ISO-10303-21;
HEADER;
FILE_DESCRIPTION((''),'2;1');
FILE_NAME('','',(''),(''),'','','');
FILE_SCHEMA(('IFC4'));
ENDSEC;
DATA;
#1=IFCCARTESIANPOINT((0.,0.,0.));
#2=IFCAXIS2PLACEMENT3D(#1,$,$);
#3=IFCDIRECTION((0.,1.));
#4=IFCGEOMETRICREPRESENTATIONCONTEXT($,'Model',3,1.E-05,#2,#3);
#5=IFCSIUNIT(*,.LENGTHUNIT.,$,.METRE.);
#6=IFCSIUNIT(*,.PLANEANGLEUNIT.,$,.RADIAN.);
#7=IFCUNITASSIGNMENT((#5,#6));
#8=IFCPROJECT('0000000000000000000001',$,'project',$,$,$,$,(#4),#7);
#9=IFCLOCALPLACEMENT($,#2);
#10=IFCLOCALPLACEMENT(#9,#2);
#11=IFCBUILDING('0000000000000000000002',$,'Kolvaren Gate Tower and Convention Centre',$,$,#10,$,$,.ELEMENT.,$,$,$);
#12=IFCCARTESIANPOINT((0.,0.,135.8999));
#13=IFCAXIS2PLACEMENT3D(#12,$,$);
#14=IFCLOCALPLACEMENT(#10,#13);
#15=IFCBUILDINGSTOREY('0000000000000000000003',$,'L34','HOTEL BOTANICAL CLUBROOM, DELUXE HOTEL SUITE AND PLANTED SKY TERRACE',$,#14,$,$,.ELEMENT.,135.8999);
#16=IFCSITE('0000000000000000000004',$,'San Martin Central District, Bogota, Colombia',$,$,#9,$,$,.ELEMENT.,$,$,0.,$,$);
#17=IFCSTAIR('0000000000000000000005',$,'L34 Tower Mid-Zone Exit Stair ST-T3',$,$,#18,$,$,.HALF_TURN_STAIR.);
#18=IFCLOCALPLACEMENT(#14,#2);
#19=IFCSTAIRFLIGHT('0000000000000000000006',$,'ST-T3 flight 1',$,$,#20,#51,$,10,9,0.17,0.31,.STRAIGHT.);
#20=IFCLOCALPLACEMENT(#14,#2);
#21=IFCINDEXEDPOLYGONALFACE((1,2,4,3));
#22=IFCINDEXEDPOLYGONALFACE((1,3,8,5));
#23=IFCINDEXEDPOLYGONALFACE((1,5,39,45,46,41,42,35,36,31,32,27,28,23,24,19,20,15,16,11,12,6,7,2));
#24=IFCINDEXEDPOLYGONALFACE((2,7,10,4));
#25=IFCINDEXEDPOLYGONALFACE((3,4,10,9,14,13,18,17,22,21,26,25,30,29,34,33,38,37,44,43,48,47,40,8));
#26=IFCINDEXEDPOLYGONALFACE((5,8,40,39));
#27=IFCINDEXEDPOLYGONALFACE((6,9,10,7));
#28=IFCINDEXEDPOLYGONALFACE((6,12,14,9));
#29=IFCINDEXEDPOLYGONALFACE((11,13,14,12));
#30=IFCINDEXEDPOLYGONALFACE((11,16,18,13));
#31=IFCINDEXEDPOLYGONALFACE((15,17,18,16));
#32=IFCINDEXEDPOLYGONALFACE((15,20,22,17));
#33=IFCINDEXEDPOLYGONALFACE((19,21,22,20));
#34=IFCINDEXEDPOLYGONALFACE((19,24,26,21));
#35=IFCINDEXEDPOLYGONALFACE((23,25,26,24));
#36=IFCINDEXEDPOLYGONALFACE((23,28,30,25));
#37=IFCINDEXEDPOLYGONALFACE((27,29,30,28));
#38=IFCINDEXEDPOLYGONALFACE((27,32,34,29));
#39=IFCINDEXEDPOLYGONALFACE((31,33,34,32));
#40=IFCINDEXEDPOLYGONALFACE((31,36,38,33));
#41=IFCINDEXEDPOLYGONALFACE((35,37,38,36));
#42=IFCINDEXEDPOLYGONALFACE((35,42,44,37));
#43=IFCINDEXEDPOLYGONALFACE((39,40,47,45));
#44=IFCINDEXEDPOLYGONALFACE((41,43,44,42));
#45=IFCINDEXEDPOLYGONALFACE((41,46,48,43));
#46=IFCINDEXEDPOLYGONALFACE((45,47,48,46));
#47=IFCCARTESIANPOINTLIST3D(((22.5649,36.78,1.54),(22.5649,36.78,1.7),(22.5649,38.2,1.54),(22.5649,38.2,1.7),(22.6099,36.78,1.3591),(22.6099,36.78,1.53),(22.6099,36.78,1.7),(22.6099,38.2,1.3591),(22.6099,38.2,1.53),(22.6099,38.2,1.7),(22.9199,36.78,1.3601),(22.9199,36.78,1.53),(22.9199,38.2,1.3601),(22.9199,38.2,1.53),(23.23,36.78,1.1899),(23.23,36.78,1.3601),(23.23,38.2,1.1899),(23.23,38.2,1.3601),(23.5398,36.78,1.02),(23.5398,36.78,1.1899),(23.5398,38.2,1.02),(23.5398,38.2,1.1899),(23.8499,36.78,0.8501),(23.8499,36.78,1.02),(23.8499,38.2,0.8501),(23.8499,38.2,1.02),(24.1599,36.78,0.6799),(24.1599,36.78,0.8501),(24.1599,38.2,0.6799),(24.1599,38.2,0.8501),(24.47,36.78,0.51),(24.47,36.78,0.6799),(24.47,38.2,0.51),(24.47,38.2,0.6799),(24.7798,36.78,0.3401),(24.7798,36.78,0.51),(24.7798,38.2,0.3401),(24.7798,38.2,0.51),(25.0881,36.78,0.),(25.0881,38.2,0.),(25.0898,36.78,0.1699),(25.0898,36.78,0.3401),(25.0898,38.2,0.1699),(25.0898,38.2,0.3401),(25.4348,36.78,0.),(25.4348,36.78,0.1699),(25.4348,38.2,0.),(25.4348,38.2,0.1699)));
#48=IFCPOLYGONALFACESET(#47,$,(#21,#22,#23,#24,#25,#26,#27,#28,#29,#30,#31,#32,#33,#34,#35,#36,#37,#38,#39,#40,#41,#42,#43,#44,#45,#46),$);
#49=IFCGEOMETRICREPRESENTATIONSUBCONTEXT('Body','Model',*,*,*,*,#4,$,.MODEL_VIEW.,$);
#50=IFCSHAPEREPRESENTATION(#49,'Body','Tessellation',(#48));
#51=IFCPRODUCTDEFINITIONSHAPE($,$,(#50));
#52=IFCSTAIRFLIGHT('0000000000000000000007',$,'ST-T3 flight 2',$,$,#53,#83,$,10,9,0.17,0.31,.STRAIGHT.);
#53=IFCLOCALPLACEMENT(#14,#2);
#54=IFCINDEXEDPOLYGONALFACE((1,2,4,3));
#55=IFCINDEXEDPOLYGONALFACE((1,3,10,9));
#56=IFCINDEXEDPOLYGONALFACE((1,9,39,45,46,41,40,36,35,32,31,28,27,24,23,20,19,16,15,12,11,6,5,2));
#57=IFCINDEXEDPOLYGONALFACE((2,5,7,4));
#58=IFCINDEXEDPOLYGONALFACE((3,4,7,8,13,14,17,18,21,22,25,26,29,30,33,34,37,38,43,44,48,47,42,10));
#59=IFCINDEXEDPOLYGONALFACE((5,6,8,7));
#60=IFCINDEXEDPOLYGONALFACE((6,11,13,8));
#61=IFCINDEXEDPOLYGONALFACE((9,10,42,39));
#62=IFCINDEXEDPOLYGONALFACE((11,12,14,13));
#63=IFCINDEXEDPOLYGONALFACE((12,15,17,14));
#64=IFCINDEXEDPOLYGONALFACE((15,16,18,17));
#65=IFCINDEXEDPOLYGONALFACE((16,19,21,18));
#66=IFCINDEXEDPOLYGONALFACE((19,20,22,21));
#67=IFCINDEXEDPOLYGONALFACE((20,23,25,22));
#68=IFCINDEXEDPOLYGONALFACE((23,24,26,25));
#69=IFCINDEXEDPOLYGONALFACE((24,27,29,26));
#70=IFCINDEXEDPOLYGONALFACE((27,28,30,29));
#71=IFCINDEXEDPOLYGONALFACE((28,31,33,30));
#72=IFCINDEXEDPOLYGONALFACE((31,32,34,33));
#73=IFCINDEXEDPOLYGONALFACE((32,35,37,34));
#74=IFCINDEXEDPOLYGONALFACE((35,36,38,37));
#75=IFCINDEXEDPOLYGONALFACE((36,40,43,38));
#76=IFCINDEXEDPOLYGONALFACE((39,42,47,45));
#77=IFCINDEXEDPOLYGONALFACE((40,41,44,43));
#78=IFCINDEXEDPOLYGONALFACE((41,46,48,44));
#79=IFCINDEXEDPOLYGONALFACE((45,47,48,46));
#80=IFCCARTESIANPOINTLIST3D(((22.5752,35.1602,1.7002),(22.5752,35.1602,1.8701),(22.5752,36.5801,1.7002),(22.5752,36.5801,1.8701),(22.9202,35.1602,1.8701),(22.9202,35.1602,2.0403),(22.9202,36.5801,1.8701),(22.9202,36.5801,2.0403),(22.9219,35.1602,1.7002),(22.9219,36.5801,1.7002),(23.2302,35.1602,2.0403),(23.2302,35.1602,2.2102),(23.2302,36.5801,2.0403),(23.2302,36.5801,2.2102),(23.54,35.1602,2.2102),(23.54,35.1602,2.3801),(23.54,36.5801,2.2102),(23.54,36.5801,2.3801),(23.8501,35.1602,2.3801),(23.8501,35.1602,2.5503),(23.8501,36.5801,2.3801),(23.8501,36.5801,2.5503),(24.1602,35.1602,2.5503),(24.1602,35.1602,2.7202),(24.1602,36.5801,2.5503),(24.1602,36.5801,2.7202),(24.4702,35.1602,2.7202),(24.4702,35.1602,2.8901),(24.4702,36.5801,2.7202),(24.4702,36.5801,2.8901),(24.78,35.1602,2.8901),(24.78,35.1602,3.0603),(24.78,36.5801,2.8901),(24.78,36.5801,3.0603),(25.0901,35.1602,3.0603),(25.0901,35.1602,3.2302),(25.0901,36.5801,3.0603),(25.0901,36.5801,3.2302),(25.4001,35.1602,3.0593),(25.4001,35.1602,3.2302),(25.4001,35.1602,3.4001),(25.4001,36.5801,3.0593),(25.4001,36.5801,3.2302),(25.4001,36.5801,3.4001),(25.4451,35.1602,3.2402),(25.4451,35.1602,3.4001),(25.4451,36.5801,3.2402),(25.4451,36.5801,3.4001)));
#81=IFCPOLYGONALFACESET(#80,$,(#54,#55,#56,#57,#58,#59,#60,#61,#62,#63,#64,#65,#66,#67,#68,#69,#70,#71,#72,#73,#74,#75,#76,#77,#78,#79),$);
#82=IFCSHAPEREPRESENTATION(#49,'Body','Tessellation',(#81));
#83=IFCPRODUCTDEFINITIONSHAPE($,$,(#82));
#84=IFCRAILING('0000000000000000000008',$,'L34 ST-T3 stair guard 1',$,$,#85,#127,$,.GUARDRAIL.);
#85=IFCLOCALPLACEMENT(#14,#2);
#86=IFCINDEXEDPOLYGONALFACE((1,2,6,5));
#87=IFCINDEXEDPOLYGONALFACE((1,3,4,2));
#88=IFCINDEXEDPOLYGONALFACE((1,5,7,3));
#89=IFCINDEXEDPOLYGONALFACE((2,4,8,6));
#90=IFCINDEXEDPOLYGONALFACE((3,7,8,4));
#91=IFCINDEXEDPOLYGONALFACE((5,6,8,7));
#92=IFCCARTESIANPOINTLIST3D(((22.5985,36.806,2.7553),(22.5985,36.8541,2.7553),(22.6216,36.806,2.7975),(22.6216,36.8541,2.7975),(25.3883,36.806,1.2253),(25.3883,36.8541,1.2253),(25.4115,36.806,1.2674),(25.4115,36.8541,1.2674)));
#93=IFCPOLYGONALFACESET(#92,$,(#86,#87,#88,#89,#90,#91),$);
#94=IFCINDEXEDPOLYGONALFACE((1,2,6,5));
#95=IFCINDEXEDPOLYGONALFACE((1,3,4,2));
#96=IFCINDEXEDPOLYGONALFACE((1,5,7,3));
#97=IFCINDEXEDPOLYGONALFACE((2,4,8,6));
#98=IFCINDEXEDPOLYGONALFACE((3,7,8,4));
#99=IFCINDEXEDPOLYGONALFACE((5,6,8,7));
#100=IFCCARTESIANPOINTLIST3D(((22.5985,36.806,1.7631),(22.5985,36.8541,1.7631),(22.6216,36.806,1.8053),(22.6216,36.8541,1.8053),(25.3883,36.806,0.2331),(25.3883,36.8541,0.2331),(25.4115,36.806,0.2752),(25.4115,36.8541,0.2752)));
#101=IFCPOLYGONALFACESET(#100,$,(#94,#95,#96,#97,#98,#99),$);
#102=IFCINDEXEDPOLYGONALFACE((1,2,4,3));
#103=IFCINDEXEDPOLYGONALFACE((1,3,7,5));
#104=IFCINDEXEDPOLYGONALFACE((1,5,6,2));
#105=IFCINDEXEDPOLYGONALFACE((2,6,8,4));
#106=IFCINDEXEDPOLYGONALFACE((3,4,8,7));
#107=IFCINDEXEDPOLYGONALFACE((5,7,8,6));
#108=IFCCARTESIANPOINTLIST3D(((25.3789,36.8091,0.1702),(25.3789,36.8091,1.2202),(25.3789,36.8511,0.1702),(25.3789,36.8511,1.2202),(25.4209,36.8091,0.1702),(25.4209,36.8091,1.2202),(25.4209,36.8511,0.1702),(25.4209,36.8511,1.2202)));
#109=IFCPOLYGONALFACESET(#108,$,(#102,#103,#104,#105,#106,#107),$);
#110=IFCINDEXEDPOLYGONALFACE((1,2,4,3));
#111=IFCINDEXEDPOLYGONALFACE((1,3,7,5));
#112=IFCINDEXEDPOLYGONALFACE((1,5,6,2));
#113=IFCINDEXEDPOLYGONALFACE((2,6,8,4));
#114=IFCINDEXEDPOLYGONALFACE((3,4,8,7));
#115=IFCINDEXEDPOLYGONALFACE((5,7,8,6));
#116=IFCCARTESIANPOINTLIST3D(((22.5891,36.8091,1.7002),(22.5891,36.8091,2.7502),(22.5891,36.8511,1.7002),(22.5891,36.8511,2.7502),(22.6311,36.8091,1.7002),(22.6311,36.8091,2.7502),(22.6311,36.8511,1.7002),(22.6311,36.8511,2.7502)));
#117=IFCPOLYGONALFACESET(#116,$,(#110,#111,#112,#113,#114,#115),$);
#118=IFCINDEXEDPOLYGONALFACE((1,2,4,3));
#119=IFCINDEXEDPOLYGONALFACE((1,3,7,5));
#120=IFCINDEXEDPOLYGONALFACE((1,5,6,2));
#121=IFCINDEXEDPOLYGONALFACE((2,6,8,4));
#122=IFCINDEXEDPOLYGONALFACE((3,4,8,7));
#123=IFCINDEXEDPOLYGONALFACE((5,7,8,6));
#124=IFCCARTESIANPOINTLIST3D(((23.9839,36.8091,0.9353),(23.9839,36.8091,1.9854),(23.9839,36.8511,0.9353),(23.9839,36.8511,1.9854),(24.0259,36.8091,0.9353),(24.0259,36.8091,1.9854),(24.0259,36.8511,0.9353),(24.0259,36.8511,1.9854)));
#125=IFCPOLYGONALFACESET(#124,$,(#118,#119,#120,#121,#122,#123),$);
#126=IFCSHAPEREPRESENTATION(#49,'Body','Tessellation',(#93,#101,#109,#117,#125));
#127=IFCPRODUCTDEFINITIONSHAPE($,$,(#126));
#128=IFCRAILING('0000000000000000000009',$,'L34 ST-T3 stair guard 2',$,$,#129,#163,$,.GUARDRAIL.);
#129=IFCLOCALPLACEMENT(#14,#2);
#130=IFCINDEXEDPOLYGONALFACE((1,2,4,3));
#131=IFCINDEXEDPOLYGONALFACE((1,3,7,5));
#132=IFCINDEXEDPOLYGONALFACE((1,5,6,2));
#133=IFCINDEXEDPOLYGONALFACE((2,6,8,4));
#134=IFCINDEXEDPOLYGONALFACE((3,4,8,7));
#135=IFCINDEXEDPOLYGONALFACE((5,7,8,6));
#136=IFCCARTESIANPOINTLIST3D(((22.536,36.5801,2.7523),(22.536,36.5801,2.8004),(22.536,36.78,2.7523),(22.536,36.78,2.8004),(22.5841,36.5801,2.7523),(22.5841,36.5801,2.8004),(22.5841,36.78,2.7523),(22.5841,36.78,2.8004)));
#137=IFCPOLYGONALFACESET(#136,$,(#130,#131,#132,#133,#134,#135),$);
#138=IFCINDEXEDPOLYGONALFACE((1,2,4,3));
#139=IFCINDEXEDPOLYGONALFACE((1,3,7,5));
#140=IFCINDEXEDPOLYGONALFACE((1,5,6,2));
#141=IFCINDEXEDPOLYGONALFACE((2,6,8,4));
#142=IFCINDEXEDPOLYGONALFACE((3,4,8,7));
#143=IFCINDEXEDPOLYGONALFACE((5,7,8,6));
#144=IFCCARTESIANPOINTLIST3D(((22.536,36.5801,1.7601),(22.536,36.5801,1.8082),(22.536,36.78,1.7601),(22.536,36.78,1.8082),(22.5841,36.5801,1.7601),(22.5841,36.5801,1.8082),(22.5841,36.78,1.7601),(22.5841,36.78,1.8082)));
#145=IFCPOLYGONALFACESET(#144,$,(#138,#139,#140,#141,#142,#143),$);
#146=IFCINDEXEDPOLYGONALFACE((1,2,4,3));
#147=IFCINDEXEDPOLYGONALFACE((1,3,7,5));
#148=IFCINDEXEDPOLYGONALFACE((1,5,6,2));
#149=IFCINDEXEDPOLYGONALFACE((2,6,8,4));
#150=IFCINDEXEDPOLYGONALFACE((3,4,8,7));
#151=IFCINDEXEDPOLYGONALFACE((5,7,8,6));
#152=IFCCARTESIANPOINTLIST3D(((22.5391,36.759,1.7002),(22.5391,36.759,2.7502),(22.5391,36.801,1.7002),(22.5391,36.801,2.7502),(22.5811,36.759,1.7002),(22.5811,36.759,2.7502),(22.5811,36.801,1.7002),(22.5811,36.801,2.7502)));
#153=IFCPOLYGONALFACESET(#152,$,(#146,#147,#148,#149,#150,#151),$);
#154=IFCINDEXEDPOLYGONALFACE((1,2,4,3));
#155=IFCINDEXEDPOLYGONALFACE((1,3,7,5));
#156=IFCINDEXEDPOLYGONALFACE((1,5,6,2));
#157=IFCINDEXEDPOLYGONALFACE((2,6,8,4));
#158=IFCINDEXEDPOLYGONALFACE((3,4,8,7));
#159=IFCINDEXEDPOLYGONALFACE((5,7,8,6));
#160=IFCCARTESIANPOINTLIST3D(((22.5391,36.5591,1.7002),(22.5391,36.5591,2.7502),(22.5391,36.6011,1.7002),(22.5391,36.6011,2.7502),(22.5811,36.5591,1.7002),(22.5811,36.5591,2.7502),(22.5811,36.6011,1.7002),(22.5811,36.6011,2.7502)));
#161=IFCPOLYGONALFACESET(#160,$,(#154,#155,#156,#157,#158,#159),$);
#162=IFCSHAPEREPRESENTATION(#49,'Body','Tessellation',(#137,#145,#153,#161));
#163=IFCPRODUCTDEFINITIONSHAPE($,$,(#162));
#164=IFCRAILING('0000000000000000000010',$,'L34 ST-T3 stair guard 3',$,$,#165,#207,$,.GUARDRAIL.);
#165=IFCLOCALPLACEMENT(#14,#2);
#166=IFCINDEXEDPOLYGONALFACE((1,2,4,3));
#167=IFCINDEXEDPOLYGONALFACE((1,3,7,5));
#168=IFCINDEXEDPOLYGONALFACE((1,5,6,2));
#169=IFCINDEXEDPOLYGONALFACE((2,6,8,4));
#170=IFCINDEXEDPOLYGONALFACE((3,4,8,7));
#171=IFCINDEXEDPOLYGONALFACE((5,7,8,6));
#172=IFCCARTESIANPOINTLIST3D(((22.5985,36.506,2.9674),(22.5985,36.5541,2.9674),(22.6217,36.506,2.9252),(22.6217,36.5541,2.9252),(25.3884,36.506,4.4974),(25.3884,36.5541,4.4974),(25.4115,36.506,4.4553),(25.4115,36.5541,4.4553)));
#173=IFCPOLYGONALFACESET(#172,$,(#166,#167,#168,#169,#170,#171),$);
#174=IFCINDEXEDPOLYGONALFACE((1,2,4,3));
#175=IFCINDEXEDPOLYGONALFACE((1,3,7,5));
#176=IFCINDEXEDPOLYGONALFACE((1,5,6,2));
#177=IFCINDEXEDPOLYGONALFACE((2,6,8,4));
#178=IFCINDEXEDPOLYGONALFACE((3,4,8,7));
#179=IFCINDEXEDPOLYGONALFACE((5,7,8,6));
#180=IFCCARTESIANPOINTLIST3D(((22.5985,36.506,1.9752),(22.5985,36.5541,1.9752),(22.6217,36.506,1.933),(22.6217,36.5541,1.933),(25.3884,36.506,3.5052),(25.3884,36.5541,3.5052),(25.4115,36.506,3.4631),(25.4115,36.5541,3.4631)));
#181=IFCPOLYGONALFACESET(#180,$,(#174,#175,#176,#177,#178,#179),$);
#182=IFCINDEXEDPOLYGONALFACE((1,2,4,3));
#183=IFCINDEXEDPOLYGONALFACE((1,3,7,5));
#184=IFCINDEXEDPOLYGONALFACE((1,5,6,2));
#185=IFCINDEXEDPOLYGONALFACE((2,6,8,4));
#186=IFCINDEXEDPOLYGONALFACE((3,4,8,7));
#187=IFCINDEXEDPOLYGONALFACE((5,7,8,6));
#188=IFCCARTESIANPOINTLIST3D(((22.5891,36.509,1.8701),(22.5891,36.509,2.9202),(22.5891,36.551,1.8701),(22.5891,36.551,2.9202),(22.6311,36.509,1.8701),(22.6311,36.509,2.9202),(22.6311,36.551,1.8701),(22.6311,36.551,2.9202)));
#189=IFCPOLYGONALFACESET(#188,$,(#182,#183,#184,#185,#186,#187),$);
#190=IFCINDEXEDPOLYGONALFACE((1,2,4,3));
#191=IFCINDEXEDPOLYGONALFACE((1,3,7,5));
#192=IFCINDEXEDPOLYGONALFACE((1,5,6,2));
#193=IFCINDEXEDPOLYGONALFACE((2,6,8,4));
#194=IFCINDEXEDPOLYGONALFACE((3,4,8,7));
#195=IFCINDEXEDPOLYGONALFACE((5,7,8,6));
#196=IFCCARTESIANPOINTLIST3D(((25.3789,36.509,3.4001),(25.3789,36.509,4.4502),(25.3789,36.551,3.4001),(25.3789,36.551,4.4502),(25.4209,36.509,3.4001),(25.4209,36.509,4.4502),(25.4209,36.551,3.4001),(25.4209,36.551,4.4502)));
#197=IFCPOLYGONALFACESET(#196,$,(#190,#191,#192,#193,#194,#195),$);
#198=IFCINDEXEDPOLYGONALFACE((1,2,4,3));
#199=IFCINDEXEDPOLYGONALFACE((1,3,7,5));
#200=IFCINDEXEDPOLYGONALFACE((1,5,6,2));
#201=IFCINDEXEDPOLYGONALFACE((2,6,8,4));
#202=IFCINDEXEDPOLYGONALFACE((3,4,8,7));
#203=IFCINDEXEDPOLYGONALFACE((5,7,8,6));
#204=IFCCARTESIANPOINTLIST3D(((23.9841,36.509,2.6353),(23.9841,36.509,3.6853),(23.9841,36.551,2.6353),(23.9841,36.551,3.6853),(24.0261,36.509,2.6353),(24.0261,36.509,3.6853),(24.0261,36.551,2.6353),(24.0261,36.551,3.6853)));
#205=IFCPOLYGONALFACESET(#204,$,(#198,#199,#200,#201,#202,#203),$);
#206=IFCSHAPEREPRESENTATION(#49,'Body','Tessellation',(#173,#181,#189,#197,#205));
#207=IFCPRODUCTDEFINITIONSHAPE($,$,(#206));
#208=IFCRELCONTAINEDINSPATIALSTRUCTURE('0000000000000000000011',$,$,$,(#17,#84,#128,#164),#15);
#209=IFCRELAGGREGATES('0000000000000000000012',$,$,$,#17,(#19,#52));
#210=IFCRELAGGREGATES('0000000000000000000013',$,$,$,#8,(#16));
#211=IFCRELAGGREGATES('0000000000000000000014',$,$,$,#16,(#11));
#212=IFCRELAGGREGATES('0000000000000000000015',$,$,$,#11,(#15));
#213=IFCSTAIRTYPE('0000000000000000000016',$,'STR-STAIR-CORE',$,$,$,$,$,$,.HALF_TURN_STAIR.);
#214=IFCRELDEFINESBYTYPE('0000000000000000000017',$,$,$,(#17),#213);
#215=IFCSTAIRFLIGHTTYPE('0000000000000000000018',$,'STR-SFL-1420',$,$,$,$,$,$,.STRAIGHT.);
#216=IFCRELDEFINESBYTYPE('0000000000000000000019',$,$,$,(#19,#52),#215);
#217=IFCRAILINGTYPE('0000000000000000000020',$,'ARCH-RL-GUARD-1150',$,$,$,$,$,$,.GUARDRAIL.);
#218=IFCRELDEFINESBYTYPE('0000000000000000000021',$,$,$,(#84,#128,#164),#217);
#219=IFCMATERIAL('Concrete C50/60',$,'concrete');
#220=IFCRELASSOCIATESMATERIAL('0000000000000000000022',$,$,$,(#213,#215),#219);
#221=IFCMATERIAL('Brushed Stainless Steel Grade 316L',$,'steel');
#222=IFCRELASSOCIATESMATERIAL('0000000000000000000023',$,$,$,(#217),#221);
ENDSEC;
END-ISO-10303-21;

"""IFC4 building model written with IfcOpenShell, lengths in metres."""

from ifc_helpers import new_model, si_unit, direction, frame, origin, origin_2d, place, context, subcontext, project, spatial, polyline, rectangle, outline, extrude, material, type_object, element, aggregate, save


model = new_model("IFC4")

# Units and contexts
model_context = context("Model", 3, precision=1e-05, world=origin(), true_north=direction((0.0, 1.0)))
body_context = subcontext(model_context, "Body", "Model", "MODEL_VIEW")
ifc_project = project(units=[si_unit("LENGTHUNIT", "METRE"), si_unit("PLANEANGLEUNIT", "RADIAN")], contexts=[model_context])

# Site, building, storey
site_placement = place(None, origin())
site = spatial("IfcSite", under=ifc_project, at=site_placement, Name="San Martin Central District, Bogota, Colombia", CompositionType="ELEMENT", RefElevation=0.0)
building_placement = place(site_placement, origin())
building = spatial("IfcBuilding", under=site, at=building_placement, Name="Kolvaren Gate Tower and Convention Centre", CompositionType="ELEMENT")
storey_placement = place(building_placement, frame((0.0, 0.0, 135.8999)))
storey = spatial("IfcBuildingStorey", under=building, at=storey_placement, Name="L34", Description="HOTEL BOTANICAL CLUBROOM, DELUXE HOTEL SUITE AND PLANTED SKY TERRACE", CompositionType="ELEMENT", Elevation=135.8999)

# Shared definitions
ifc_material_1 = material(Name="Concrete C50/60", Category="concrete")

# Stair, stair flights
stair_type = type_object("IfcStairType", Name="STR-STAIR-CORE", PredefinedType="HALF_TURN_STAIR", material=ifc_material_1)
stair_placement = place(storey_placement, origin())
stair = element("IfcStair", 1, at=stair_placement, inside=storey, type_object=stair_type, Name="L34 Tower Mid-Zone Exit Stair ST-T3", PredefinedType="HALF_TURN_STAIR")
stair_flight_type = type_object("IfcStairFlightType", Name="STR-SFL-1420", PredefinedType="STRAIGHT", material=ifc_material_1)
stair_flight_1_placement = place(storey_placement, frame((25.3999, 37.49, 0.0), z_axis=(0.0, 0.0, 1.0), x_axis=(-1.0, 0.0, 0.0)))
stair_flight_1 = element("IfcStairFlight", 2, at=stair_flight_1_placement, type_object=stair_flight_type, Name="ST-T3 flight 1", NumberOfRisers=10, NumberOfTreads=9, PredefinedType="STRAIGHT", RiserHeight=0.17, TreadLength=0.31, context=body_context, shape_type="SweptSolid", body=[
    extrude(outline(polyline([(-0.0349, 0.0), (-0.0349, 0.1699), (0.3101, 0.1699), (0.3101, 0.3401), (0.6201, 0.3401), (0.6201, 0.51), (0.9299, 0.51), (0.9299, 0.6799), (1.24, 0.6799), (1.24, 0.8501), (1.55, 0.8501), (1.55, 1.02), (1.8601, 1.02), (1.8601, 1.1899), (2.1699, 1.1899), (2.1699, 1.3601), (2.48, 1.3601), (2.48, 1.53), (2.79, 1.53), (2.79, 1.7), (2.835, 1.7), (2.835, 1.54), (2.79, 1.3591), (0.3118, 0.0), (-0.0349, 0.0)])), frame((0.0, 0.71, 0.0), z_axis=(0.0, -1.0, 0.0), x_axis=(1.0, 0.0, 0.0)), (0.0, 0.0, 1.0), 1.4199),
])
stair_flight_2_placement = place(storey_placement, frame((22.6101, 35.8701, 1.7002), z_axis=(0.0, 0.0, 1.0), x_axis=(1.0, 0.0, 0.0)))
stair_flight_2 = element("IfcStairFlight", 3, at=stair_flight_2_placement, type_object=stair_flight_type, Name="ST-T3 flight 2", NumberOfRisers=10, NumberOfTreads=9, PredefinedType="STRAIGHT", RiserHeight=0.17, TreadLength=0.31, context=body_context, shape_type="SweptSolid", body=[
    extrude(outline(polyline([(-0.0349, 0.0), (-0.0349, 0.1699), (0.3101, 0.1699), (0.3101, 0.3401), (0.6201, 0.3401), (0.6201, 0.51), (0.9299, 0.51), (0.9299, 0.6799), (1.24, 0.6799), (1.24, 0.8501), (1.55, 0.8501), (1.55, 1.02), (1.8601, 1.02), (1.8601, 1.1899), (2.1699, 1.1899), (2.1699, 1.3601), (2.48, 1.3601), (2.48, 1.53), (2.79, 1.53), (2.79, 1.7), (2.835, 1.7), (2.835, 1.54), (2.79, 1.3591), (0.3118, 0.0), (-0.0349, 0.0)])), frame((0.0, 0.71, 0.0), z_axis=(0.0, -1.0, 0.0), x_axis=(1.0, 0.0, 0.0)), (0.0, 0.0, 1.0), 1.4199),
])
aggregate(stair, [stair_flight_1, stair_flight_2])

# Railings
ifc_material_2 = material(Name="Brushed Stainless Steel Grade 316L", Category="steel")
railing_type_1 = type_object("IfcRailingType", Name="ARCH-RL-GUARD-1150", PredefinedType="GUARDRAIL", material=ifc_material_2)
railing_1_placement = place(storey_placement, frame((25.3999, 36.8301, 0.1702)))
element("IfcRailing", 4, at=railing_1_placement, inside=storey, type_object=railing_type_1, Name="L34 ST-T3 stair guard 1", PredefinedType="GUARDRAIL", context=body_context, shape_type="SweptSolid", body=[
    extrude(rectangle(XDim=0.0481, YDim=0.0481, at=origin_2d()), frame((0.0, 0.0, 1.0762), z_axis=(-0.876794, 0.0, 0.480867), x_axis=(0.0, -1.0, 0.0)), (0.0, 0.0, 1.0), 3.1819),
    extrude(rectangle(XDim=0.0481, YDim=0.0481, at=origin_2d()), frame((0.0, 0.0, 0.084), z_axis=(-0.876794, 0.0, 0.480867), x_axis=(0.0, -1.0, 0.0)), (0.0, 0.0, 1.0), 3.1819),
    extrude(rectangle(XDim=0.042, YDim=0.042, at=origin_2d()), origin(), (0.0, 0.0, 1.0), 1.05),
    extrude(rectangle(XDim=0.042, YDim=0.042, at=origin_2d()), frame((-2.7898, 0.0, 1.53)), (0.0, 0.0, 1.0), 1.05),
    extrude(rectangle(XDim=0.042, YDim=0.042, at=origin_2d()), frame((-1.395, 0.0, 0.7651)), (0.0, 0.0, 1.0), 1.05),
])
railing_2_placement = place(storey_placement, frame((22.5601, 36.78, 1.7002)))
element("IfcRailing", 5, at=railing_2_placement, inside=storey, type_object=railing_type_1, Name="L34 ST-T3 stair guard 2", PredefinedType="GUARDRAIL", context=body_context, shape_type="SweptSolid", body=[
    extrude(rectangle(XDim=0.0481, YDim=0.0481, at=origin_2d()), frame((0.0, 0.0, 1.0762), z_axis=(0.0, -1.0, 0.0), x_axis=(1.0, 0.0, 0.0)), (0.0, 0.0, 1.0), 0.2),
    extrude(rectangle(XDim=0.0481, YDim=0.0481, at=origin_2d()), frame((0.0, 0.0, 0.084), z_axis=(0.0, -1.0, 0.0), x_axis=(1.0, 0.0, 0.0)), (0.0, 0.0, 1.0), 0.2),
    extrude(rectangle(XDim=0.042, YDim=0.042, at=origin_2d()), origin(), (0.0, 0.0, 1.0), 1.05),
    extrude(rectangle(XDim=0.042, YDim=0.042, at=origin_2d()), frame((0.0, -0.2, 0.0)), (0.0, 0.0, 1.0), 1.05),
])
railing_3_placement = place(storey_placement, frame((22.6101, 36.53, 1.8701)))
element("IfcRailing", 6, at=railing_3_placement, inside=storey, type_object=railing_type_1, Name="L34 ST-T3 stair guard 3", PredefinedType="GUARDRAIL", context=body_context, shape_type="SweptSolid", body=[
    extrude(rectangle(XDim=0.0481, YDim=0.0481, at=origin_2d()), frame((0.0, 0.0, 1.0762), z_axis=(0.876794, 0.0, 0.480867), x_axis=(0.0, 1.0, 0.0)), (0.0, 0.0, 1.0), 3.1819),
    extrude(rectangle(XDim=0.0481, YDim=0.0481, at=origin_2d()), frame((0.0, 0.0, 0.084), z_axis=(0.876794, 0.0, 0.480867), x_axis=(0.0, 1.0, 0.0)), (0.0, 0.0, 1.0), 3.1819),
    extrude(rectangle(XDim=0.042, YDim=0.042, at=origin_2d()), origin(), (0.0, 0.0, 1.0), 1.05),
    extrude(rectangle(XDim=0.042, YDim=0.042, at=origin_2d()), frame((2.7898, 0.0, 1.53)), (0.0, 0.0, 1.0), 1.05),
    extrude(rectangle(XDim=0.042, YDim=0.042, at=origin_2d()), frame((1.395, 0.0, 0.7651)), (0.0, 0.0, 1.0), 1.05),
])

save(model, "model.ifc")
